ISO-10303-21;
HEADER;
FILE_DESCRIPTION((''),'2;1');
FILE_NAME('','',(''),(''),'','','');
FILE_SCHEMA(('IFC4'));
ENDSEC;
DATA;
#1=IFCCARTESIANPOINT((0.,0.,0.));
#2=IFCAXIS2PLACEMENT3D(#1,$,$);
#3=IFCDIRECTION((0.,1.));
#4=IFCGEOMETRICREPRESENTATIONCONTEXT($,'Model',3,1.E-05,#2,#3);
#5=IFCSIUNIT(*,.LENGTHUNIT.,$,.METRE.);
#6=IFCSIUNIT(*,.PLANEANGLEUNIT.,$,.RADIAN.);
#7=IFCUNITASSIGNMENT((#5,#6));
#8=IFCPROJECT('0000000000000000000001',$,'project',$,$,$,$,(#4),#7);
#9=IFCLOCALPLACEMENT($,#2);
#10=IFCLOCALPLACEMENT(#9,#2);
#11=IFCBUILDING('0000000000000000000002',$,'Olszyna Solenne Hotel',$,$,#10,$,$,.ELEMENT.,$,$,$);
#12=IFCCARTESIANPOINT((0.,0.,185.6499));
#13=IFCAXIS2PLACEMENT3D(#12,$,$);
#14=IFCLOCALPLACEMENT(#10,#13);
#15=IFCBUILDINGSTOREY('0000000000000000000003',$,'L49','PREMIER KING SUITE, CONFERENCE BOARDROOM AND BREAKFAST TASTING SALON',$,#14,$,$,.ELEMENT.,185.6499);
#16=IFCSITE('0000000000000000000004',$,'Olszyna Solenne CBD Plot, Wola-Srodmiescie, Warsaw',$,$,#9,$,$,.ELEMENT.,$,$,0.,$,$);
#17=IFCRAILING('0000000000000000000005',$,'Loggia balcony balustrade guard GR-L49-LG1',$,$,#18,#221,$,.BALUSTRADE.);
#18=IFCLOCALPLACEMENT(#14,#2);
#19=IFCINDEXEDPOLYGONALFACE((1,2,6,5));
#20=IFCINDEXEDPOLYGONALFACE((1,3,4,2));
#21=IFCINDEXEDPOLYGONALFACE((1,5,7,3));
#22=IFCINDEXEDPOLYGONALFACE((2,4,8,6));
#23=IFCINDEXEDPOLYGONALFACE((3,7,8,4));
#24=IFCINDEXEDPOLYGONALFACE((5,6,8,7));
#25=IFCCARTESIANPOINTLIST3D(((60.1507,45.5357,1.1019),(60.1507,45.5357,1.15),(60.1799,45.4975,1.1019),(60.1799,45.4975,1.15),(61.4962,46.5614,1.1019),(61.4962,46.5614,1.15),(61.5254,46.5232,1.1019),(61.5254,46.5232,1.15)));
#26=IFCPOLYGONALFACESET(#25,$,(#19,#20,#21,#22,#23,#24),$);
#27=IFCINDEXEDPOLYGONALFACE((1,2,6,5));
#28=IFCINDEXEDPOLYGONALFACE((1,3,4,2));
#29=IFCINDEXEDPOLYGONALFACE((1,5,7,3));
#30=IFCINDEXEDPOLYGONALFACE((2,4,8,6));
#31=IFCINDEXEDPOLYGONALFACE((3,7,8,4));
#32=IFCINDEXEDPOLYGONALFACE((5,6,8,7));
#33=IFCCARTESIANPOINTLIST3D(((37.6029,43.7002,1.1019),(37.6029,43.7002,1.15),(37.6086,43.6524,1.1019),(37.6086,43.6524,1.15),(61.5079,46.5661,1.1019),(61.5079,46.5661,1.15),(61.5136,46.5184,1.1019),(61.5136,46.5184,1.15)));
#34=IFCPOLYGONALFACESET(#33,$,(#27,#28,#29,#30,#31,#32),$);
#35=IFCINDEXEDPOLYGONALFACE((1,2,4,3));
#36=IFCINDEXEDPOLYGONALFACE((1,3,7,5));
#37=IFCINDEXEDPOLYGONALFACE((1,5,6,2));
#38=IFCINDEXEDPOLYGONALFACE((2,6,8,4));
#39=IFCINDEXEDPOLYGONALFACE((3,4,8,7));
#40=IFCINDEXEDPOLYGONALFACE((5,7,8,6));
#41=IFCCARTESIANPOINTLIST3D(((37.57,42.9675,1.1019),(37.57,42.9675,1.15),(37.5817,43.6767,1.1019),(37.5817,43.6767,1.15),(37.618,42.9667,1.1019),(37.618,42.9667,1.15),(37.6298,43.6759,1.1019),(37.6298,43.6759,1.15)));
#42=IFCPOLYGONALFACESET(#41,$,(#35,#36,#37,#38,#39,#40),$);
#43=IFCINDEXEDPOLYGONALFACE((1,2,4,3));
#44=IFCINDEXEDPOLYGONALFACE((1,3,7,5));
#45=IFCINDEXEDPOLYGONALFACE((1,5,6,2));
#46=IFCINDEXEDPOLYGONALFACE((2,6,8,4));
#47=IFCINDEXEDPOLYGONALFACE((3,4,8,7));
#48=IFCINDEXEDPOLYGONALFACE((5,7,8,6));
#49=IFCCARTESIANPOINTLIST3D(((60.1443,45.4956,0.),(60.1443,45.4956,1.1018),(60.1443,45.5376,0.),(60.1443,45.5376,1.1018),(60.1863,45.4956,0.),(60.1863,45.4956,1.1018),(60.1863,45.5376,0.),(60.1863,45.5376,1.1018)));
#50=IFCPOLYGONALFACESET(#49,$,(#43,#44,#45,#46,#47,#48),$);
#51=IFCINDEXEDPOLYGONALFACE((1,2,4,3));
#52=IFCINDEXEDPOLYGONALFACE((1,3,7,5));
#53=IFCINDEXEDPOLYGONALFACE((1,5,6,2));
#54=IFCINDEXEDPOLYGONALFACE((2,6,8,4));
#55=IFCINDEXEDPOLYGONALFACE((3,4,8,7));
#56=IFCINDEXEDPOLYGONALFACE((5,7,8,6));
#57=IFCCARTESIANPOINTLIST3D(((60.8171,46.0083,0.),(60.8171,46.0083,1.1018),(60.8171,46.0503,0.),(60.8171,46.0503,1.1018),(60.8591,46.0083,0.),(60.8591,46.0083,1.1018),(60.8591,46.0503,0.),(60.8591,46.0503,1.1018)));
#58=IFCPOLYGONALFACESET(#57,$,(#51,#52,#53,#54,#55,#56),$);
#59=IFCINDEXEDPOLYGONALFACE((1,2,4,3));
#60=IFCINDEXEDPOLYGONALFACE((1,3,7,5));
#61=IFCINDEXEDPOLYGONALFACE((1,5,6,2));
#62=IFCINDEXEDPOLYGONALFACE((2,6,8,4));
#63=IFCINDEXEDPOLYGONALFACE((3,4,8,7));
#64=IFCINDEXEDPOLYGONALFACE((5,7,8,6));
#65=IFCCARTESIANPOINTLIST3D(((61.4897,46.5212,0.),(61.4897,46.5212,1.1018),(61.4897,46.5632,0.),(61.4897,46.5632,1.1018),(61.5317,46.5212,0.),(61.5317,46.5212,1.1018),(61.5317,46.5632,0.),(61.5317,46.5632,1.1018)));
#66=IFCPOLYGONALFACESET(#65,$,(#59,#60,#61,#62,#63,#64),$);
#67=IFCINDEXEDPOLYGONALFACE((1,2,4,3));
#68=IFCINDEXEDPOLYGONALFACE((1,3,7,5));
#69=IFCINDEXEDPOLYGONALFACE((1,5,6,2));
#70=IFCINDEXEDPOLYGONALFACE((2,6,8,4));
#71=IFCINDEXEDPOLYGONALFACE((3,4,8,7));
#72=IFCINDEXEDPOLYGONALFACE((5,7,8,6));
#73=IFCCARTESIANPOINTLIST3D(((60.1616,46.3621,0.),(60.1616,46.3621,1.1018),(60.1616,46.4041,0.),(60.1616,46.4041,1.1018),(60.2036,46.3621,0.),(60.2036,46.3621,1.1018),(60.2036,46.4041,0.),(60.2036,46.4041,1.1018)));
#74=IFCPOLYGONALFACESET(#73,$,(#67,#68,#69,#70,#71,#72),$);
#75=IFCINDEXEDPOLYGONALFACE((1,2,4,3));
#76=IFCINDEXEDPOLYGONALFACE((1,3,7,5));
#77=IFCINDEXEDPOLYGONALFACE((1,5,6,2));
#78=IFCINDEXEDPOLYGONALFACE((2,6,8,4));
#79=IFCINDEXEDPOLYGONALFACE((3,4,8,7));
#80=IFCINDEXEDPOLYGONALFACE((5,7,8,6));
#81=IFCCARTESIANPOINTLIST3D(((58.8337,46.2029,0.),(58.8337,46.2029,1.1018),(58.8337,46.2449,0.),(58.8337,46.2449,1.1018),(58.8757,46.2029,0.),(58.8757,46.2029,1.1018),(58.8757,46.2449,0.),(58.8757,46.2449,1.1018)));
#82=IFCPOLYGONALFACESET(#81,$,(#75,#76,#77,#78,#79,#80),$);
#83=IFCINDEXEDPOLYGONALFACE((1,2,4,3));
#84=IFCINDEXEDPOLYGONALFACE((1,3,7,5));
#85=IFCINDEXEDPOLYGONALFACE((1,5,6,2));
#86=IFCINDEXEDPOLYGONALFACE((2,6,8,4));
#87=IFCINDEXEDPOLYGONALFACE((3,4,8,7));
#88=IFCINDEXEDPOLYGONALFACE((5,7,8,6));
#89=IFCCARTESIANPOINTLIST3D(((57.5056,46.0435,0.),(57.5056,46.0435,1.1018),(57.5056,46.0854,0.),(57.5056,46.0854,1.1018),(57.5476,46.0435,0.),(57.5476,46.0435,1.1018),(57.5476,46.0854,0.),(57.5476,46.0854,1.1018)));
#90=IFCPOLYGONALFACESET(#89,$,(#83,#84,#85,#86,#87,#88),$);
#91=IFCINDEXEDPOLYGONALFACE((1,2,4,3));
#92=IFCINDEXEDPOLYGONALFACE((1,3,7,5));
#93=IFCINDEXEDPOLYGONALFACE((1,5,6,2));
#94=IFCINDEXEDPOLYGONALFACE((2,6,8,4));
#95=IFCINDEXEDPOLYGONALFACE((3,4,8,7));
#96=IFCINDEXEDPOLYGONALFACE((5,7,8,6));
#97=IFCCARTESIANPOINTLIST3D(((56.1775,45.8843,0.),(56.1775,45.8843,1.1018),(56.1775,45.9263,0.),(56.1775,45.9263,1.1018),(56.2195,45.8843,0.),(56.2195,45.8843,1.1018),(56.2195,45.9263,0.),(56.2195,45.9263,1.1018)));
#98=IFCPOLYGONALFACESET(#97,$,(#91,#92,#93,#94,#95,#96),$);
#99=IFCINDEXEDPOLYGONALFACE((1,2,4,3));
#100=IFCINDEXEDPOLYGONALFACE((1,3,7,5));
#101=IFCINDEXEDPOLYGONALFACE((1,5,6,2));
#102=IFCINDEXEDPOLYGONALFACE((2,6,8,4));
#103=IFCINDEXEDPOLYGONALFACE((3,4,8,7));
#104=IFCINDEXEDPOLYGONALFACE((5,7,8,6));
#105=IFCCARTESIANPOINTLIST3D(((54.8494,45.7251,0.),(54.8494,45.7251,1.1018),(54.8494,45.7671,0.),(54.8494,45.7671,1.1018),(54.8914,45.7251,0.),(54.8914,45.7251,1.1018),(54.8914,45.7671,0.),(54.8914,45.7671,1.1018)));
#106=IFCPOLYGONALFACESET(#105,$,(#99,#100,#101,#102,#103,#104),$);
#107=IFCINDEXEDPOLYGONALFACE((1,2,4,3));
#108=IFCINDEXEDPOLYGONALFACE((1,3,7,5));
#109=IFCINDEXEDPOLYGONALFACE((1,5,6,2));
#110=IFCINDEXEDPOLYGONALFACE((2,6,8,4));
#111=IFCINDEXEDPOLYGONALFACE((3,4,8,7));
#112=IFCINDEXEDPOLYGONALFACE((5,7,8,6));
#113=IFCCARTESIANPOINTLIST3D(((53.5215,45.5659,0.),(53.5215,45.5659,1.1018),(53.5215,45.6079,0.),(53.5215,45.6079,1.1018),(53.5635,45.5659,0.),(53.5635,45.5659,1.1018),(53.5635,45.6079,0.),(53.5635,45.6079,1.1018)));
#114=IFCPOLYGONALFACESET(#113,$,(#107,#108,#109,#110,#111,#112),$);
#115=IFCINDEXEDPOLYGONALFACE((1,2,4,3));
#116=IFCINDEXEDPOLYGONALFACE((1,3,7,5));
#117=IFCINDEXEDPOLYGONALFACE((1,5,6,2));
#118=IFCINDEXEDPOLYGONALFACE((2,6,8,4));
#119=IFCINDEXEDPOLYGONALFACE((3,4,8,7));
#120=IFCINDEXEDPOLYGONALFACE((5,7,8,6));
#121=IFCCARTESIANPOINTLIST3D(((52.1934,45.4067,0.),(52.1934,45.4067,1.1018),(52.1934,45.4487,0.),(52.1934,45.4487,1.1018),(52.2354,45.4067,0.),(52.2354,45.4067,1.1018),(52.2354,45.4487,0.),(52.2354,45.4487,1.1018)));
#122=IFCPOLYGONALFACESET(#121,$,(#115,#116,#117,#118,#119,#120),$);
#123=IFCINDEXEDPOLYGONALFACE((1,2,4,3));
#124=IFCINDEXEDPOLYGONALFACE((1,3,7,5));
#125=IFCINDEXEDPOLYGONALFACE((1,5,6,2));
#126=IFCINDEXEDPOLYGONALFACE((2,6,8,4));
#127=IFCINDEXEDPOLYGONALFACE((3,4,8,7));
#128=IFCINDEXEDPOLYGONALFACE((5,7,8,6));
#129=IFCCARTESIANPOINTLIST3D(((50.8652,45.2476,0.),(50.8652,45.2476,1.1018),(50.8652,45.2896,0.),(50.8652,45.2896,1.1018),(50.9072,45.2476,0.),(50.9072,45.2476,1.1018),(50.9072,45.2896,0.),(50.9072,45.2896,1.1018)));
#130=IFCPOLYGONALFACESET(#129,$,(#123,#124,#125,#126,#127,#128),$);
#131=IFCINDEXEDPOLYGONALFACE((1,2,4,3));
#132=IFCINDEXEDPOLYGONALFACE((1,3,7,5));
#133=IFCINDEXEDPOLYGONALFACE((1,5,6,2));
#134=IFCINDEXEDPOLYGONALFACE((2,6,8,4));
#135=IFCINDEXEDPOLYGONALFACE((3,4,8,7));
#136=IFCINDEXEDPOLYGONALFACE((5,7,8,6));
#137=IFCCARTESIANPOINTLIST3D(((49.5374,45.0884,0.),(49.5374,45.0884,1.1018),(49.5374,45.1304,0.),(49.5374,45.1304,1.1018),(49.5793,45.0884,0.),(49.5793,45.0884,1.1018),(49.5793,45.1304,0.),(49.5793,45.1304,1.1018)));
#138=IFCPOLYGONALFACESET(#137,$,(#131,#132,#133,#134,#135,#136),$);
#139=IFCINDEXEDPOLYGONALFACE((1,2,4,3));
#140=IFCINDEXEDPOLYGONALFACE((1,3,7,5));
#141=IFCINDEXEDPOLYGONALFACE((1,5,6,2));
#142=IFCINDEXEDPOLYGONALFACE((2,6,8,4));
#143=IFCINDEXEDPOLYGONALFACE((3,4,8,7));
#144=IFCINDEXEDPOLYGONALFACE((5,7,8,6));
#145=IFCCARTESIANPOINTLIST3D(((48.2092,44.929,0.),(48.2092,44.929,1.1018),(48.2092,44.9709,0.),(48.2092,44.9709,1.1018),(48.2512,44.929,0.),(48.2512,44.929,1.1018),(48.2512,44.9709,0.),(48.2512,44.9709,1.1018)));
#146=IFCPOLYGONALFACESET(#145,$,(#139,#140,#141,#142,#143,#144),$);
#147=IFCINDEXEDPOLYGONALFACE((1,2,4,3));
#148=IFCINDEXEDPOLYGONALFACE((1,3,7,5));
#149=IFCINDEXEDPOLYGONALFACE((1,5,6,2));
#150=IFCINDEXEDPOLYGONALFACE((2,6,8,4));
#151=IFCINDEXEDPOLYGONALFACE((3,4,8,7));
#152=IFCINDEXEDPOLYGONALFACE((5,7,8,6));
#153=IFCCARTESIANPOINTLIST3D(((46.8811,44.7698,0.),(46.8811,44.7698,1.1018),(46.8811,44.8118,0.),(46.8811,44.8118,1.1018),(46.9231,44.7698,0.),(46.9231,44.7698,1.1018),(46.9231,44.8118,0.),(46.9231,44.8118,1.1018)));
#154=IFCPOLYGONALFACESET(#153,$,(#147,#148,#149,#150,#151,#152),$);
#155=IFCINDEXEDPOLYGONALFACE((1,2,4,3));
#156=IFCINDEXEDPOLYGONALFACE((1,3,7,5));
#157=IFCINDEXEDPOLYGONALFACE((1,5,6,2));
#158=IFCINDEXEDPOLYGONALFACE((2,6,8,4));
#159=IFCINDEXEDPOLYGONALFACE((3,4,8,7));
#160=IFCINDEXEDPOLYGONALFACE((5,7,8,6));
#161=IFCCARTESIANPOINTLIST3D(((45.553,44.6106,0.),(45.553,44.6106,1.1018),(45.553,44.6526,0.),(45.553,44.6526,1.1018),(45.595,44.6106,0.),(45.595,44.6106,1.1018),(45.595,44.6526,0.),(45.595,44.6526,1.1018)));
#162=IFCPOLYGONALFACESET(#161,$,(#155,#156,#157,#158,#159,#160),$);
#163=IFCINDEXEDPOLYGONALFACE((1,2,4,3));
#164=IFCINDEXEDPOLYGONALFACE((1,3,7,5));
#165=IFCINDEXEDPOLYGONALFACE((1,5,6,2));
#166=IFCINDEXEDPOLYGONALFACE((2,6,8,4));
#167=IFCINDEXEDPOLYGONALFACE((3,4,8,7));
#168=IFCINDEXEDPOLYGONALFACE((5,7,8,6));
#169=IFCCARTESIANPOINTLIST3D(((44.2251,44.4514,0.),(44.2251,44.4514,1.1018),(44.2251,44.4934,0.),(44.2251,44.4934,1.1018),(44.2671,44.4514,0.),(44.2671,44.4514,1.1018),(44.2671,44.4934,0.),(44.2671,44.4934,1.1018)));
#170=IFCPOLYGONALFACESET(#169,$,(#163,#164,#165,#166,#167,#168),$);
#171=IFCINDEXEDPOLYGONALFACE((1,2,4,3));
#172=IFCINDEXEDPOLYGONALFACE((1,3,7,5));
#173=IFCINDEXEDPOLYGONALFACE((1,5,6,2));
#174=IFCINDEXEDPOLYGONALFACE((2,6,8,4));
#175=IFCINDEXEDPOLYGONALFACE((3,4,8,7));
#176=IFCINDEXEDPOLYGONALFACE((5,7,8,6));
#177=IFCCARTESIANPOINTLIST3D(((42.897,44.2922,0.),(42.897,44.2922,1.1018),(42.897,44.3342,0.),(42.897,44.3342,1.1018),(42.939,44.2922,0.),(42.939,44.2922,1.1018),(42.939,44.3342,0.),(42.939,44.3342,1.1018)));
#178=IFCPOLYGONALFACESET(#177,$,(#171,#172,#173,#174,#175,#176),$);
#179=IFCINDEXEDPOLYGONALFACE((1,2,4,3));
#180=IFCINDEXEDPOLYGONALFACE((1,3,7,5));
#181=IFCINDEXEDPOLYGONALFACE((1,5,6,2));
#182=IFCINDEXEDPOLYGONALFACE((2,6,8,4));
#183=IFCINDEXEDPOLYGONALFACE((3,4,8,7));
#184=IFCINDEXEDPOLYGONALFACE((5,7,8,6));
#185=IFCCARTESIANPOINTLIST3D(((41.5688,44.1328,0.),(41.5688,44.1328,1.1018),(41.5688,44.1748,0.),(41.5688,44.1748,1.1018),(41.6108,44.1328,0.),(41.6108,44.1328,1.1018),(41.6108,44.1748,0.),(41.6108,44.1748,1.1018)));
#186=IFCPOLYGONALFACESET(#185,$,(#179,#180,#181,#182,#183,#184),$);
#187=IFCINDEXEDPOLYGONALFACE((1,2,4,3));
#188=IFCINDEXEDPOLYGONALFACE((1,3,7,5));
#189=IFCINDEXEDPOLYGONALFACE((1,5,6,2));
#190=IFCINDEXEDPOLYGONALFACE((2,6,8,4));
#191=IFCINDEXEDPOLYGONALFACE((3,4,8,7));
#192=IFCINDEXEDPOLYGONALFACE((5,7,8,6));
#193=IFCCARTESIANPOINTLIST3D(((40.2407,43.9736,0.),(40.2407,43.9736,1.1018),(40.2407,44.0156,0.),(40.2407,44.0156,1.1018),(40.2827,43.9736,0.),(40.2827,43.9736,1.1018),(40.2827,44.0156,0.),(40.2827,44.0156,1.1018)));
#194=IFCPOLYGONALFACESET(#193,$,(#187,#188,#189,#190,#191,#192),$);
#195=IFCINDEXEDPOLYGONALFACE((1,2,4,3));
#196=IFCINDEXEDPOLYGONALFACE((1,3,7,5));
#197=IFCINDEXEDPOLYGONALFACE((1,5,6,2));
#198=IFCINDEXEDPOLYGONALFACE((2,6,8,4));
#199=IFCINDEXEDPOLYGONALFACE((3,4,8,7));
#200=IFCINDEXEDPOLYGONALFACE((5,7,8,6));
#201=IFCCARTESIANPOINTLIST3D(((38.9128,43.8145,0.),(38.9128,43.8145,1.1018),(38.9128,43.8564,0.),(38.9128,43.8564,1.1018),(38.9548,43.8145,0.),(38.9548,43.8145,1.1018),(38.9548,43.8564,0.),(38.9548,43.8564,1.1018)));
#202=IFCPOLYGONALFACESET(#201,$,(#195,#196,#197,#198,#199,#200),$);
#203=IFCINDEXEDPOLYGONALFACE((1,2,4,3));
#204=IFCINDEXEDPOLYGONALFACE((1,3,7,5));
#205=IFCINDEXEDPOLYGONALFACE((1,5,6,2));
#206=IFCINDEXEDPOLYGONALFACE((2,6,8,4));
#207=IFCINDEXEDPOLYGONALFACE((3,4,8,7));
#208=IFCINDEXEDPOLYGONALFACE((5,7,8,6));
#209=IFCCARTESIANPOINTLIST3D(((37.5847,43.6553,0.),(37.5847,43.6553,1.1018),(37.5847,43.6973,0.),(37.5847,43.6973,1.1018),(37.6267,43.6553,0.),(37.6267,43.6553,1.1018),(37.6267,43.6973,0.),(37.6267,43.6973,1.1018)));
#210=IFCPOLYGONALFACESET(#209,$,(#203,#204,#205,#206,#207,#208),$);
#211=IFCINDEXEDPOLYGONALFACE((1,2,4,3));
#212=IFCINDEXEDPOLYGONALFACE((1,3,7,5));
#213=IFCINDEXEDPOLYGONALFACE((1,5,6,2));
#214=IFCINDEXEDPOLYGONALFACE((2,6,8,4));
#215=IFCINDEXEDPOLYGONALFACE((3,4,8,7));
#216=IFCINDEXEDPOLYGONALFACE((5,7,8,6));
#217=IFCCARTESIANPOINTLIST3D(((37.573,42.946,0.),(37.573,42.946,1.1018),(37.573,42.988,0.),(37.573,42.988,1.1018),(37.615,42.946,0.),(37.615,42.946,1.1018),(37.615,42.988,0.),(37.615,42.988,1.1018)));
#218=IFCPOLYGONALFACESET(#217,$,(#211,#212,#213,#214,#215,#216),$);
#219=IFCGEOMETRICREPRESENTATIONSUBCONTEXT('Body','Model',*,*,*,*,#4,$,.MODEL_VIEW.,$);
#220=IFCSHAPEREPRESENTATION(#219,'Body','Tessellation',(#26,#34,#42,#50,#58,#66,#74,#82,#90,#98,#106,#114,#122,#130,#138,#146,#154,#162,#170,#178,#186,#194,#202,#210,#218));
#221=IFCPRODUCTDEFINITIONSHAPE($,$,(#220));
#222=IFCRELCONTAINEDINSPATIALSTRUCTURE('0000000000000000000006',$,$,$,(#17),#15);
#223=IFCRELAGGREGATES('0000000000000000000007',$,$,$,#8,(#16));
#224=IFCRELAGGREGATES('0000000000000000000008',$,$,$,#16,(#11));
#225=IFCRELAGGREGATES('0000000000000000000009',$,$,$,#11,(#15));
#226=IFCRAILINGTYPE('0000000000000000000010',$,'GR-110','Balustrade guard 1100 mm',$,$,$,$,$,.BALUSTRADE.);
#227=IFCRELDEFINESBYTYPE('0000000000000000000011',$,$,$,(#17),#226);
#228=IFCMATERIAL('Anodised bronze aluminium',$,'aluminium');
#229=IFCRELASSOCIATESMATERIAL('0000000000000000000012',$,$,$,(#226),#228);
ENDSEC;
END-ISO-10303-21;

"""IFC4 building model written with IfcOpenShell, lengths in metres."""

from ifc_helpers import new_model, si_unit, direction, frame, origin, origin_2d, place, context, subcontext, project, spatial, rectangle, extrude, material, type_object, element, save


model = new_model("IFC4")

# Units and contexts
model_context = context("Model", 3, precision=1e-05, world=origin(), true_north=direction((0.0, 1.0)))
body_context = subcontext(model_context, "Body", "Model", "MODEL_VIEW")
ifc_project = project(units=[si_unit("LENGTHUNIT", "METRE"), si_unit("PLANEANGLEUNIT", "RADIAN")], contexts=[model_context])

# Site, building, storey
site_placement = place(None, origin())
site = spatial("IfcSite", under=ifc_project, at=site_placement, Name="Olszyna Solenne CBD Plot, Wola-Srodmiescie, Warsaw", CompositionType="ELEMENT", RefElevation=0.0)
building_placement = place(site_placement, origin())
building = spatial("IfcBuilding", under=site, at=building_placement, Name="Olszyna Solenne Hotel", CompositionType="ELEMENT")
storey_placement = place(building_placement, frame((0.0, 0.0, 185.6499)))
storey = spatial("IfcBuildingStorey", under=building, at=storey_placement, Name="L49", Description="PREMIER KING SUITE, CONFERENCE BOARDROOM AND BREAKFAST TASTING SALON", CompositionType="ELEMENT", Elevation=185.6499)

# Railing
ifc_material_1 = material(Name="Anodised bronze aluminium", Category="aluminium")
railing_type = type_object("IfcRailingType", Name="GR-110", Description="Balustrade guard 1100 mm", PredefinedType="BALUSTRADE", material=ifc_material_1)
railing_placement = place(storey_placement, frame((60.1653, 45.5166, 0.0)))
element("IfcRailing", 1, at=railing_placement, inside=storey, type_object=railing_type, Name="Loggia balcony balustrade guard GR-L49-LG1", PredefinedType="BALUSTRADE", context=body_context, shape_type="SweptSolid", body=[
    extrude(rectangle(XDim=0.0481, YDim=0.0481, at=origin_2d()), frame((0.0, 0.0, 1.126), z_axis=(0.795283, 0.606239, 0.0), x_axis=(-0.606239, 0.795283, 0.0)), (0.0, 0.0, 1.0), 1.6919),
    extrude(rectangle(XDim=0.0481, YDim=0.0481, at=origin_2d()), frame((1.3455, 1.0256, 1.126), z_axis=(-0.99289, -0.119037, 0.0), x_axis=(0.119037, -0.99289, 0.0)), (0.0, 0.0, 1.0), 24.0762),
    extrude(rectangle(XDim=0.0481, YDim=0.0481, at=origin_2d()), frame((-22.5596, -1.8403, 1.126), z_axis=(-0.016521, -0.999864, 0.0), x_axis=(0.999864, -0.016521, 0.0)), (0.0, 0.0, 1.0), 0.7092),
    extrude(rectangle(XDim=0.042, YDim=0.042, at=origin_2d()), origin(), (0.0, 0.0, 1.0), 1.1018),
    extrude(rectangle(XDim=0.042, YDim=0.042, at=origin_2d()), frame((0.6729, 0.5127, 0.0)), (0.0, 0.0, 1.0), 1.1018),
    extrude(rectangle(XDim=0.042, YDim=0.042, at=origin_2d()), frame((1.3455, 1.0256, 0.0)), (0.0, 0.0, 1.0), 1.1018),
    extrude(rectangle(XDim=0.042, YDim=0.042, at=origin_2d()), frame((0.0173, 0.8665, 0.0)), (0.0, 0.0, 1.0), 1.1018),
    extrude(rectangle(XDim=0.042, YDim=0.042, at=origin_2d()), frame((-1.3105, 0.7073, 0.0)), (0.0, 0.0, 1.0), 1.1018),
    extrude(rectangle(XDim=0.042, YDim=0.042, at=origin_2d()), frame((-2.6387, 0.5479, 0.0)), (0.0, 0.0, 1.0), 1.1018),
    extrude(rectangle(XDim=0.042, YDim=0.042, at=origin_2d()), frame((-3.9668, 0.3887, 0.0)), (0.0, 0.0, 1.0), 1.1018),
    extrude(rectangle(XDim=0.042, YDim=0.042, at=origin_2d()), frame((-5.2949, 0.2295, 0.0)), (0.0, 0.0, 1.0), 1.1018),
    extrude(rectangle(XDim=0.042, YDim=0.042, at=origin_2d()), frame((-6.6228, 0.0703, 0.0)), (0.0, 0.0, 1.0), 1.1018),
    extrude(rectangle(XDim=0.042, YDim=0.042, at=origin_2d()), frame((-7.9509, -0.0889, 0.0)), (0.0, 0.0, 1.0), 1.1018),
    extrude(rectangle(XDim=0.042, YDim=0.042, at=origin_2d()), frame((-9.2791, -0.248, 0.0)), (0.0, 0.0, 1.0), 1.1018),
    extrude(rectangle(XDim=0.042, YDim=0.042, at=origin_2d()), frame((-10.6069, -0.4072, 0.0)), (0.0, 0.0, 1.0), 1.1018),
    extrude(rectangle(XDim=0.042, YDim=0.042, at=origin_2d()), frame((-11.9351, -0.5667, 0.0)), (0.0, 0.0, 1.0), 1.1018),
    extrude(rectangle(XDim=0.042, YDim=0.042, at=origin_2d()), frame((-13.2632, -0.7258, 0.0)), (0.0, 0.0, 1.0), 1.1018),
    extrude(rectangle(XDim=0.042, YDim=0.042, at=origin_2d()), frame((-14.5913, -0.885, 0.0)), (0.0, 0.0, 1.0), 1.1018),
    extrude(rectangle(XDim=0.042, YDim=0.042, at=origin_2d()), frame((-15.9192, -1.0442, 0.0)), (0.0, 0.0, 1.0), 1.1018),
    extrude(rectangle(XDim=0.042, YDim=0.042, at=origin_2d()), frame((-17.2473, -1.2034, 0.0)), (0.0, 0.0, 1.0), 1.1018),
    extrude(rectangle(XDim=0.042, YDim=0.042, at=origin_2d()), frame((-18.5754, -1.3628, 0.0)), (0.0, 0.0, 1.0), 1.1018),
    extrude(rectangle(XDim=0.042, YDim=0.042, at=origin_2d()), frame((-19.9036, -1.522, 0.0)), (0.0, 0.0, 1.0), 1.1018),
    extrude(rectangle(XDim=0.042, YDim=0.042, at=origin_2d()), frame((-21.2314, -1.6812, 0.0)), (0.0, 0.0, 1.0), 1.1018),
    extrude(rectangle(XDim=0.042, YDim=0.042, at=origin_2d()), frame((-22.5596, -1.8403, 0.0)), (0.0, 0.0, 1.0), 1.1018),
    extrude(rectangle(XDim=0.042, YDim=0.042, at=origin_2d()), frame((-22.5713, -2.5496, 0.0)), (0.0, 0.0, 1.0), 1.1018),
])

save(model, "model.ifc")
